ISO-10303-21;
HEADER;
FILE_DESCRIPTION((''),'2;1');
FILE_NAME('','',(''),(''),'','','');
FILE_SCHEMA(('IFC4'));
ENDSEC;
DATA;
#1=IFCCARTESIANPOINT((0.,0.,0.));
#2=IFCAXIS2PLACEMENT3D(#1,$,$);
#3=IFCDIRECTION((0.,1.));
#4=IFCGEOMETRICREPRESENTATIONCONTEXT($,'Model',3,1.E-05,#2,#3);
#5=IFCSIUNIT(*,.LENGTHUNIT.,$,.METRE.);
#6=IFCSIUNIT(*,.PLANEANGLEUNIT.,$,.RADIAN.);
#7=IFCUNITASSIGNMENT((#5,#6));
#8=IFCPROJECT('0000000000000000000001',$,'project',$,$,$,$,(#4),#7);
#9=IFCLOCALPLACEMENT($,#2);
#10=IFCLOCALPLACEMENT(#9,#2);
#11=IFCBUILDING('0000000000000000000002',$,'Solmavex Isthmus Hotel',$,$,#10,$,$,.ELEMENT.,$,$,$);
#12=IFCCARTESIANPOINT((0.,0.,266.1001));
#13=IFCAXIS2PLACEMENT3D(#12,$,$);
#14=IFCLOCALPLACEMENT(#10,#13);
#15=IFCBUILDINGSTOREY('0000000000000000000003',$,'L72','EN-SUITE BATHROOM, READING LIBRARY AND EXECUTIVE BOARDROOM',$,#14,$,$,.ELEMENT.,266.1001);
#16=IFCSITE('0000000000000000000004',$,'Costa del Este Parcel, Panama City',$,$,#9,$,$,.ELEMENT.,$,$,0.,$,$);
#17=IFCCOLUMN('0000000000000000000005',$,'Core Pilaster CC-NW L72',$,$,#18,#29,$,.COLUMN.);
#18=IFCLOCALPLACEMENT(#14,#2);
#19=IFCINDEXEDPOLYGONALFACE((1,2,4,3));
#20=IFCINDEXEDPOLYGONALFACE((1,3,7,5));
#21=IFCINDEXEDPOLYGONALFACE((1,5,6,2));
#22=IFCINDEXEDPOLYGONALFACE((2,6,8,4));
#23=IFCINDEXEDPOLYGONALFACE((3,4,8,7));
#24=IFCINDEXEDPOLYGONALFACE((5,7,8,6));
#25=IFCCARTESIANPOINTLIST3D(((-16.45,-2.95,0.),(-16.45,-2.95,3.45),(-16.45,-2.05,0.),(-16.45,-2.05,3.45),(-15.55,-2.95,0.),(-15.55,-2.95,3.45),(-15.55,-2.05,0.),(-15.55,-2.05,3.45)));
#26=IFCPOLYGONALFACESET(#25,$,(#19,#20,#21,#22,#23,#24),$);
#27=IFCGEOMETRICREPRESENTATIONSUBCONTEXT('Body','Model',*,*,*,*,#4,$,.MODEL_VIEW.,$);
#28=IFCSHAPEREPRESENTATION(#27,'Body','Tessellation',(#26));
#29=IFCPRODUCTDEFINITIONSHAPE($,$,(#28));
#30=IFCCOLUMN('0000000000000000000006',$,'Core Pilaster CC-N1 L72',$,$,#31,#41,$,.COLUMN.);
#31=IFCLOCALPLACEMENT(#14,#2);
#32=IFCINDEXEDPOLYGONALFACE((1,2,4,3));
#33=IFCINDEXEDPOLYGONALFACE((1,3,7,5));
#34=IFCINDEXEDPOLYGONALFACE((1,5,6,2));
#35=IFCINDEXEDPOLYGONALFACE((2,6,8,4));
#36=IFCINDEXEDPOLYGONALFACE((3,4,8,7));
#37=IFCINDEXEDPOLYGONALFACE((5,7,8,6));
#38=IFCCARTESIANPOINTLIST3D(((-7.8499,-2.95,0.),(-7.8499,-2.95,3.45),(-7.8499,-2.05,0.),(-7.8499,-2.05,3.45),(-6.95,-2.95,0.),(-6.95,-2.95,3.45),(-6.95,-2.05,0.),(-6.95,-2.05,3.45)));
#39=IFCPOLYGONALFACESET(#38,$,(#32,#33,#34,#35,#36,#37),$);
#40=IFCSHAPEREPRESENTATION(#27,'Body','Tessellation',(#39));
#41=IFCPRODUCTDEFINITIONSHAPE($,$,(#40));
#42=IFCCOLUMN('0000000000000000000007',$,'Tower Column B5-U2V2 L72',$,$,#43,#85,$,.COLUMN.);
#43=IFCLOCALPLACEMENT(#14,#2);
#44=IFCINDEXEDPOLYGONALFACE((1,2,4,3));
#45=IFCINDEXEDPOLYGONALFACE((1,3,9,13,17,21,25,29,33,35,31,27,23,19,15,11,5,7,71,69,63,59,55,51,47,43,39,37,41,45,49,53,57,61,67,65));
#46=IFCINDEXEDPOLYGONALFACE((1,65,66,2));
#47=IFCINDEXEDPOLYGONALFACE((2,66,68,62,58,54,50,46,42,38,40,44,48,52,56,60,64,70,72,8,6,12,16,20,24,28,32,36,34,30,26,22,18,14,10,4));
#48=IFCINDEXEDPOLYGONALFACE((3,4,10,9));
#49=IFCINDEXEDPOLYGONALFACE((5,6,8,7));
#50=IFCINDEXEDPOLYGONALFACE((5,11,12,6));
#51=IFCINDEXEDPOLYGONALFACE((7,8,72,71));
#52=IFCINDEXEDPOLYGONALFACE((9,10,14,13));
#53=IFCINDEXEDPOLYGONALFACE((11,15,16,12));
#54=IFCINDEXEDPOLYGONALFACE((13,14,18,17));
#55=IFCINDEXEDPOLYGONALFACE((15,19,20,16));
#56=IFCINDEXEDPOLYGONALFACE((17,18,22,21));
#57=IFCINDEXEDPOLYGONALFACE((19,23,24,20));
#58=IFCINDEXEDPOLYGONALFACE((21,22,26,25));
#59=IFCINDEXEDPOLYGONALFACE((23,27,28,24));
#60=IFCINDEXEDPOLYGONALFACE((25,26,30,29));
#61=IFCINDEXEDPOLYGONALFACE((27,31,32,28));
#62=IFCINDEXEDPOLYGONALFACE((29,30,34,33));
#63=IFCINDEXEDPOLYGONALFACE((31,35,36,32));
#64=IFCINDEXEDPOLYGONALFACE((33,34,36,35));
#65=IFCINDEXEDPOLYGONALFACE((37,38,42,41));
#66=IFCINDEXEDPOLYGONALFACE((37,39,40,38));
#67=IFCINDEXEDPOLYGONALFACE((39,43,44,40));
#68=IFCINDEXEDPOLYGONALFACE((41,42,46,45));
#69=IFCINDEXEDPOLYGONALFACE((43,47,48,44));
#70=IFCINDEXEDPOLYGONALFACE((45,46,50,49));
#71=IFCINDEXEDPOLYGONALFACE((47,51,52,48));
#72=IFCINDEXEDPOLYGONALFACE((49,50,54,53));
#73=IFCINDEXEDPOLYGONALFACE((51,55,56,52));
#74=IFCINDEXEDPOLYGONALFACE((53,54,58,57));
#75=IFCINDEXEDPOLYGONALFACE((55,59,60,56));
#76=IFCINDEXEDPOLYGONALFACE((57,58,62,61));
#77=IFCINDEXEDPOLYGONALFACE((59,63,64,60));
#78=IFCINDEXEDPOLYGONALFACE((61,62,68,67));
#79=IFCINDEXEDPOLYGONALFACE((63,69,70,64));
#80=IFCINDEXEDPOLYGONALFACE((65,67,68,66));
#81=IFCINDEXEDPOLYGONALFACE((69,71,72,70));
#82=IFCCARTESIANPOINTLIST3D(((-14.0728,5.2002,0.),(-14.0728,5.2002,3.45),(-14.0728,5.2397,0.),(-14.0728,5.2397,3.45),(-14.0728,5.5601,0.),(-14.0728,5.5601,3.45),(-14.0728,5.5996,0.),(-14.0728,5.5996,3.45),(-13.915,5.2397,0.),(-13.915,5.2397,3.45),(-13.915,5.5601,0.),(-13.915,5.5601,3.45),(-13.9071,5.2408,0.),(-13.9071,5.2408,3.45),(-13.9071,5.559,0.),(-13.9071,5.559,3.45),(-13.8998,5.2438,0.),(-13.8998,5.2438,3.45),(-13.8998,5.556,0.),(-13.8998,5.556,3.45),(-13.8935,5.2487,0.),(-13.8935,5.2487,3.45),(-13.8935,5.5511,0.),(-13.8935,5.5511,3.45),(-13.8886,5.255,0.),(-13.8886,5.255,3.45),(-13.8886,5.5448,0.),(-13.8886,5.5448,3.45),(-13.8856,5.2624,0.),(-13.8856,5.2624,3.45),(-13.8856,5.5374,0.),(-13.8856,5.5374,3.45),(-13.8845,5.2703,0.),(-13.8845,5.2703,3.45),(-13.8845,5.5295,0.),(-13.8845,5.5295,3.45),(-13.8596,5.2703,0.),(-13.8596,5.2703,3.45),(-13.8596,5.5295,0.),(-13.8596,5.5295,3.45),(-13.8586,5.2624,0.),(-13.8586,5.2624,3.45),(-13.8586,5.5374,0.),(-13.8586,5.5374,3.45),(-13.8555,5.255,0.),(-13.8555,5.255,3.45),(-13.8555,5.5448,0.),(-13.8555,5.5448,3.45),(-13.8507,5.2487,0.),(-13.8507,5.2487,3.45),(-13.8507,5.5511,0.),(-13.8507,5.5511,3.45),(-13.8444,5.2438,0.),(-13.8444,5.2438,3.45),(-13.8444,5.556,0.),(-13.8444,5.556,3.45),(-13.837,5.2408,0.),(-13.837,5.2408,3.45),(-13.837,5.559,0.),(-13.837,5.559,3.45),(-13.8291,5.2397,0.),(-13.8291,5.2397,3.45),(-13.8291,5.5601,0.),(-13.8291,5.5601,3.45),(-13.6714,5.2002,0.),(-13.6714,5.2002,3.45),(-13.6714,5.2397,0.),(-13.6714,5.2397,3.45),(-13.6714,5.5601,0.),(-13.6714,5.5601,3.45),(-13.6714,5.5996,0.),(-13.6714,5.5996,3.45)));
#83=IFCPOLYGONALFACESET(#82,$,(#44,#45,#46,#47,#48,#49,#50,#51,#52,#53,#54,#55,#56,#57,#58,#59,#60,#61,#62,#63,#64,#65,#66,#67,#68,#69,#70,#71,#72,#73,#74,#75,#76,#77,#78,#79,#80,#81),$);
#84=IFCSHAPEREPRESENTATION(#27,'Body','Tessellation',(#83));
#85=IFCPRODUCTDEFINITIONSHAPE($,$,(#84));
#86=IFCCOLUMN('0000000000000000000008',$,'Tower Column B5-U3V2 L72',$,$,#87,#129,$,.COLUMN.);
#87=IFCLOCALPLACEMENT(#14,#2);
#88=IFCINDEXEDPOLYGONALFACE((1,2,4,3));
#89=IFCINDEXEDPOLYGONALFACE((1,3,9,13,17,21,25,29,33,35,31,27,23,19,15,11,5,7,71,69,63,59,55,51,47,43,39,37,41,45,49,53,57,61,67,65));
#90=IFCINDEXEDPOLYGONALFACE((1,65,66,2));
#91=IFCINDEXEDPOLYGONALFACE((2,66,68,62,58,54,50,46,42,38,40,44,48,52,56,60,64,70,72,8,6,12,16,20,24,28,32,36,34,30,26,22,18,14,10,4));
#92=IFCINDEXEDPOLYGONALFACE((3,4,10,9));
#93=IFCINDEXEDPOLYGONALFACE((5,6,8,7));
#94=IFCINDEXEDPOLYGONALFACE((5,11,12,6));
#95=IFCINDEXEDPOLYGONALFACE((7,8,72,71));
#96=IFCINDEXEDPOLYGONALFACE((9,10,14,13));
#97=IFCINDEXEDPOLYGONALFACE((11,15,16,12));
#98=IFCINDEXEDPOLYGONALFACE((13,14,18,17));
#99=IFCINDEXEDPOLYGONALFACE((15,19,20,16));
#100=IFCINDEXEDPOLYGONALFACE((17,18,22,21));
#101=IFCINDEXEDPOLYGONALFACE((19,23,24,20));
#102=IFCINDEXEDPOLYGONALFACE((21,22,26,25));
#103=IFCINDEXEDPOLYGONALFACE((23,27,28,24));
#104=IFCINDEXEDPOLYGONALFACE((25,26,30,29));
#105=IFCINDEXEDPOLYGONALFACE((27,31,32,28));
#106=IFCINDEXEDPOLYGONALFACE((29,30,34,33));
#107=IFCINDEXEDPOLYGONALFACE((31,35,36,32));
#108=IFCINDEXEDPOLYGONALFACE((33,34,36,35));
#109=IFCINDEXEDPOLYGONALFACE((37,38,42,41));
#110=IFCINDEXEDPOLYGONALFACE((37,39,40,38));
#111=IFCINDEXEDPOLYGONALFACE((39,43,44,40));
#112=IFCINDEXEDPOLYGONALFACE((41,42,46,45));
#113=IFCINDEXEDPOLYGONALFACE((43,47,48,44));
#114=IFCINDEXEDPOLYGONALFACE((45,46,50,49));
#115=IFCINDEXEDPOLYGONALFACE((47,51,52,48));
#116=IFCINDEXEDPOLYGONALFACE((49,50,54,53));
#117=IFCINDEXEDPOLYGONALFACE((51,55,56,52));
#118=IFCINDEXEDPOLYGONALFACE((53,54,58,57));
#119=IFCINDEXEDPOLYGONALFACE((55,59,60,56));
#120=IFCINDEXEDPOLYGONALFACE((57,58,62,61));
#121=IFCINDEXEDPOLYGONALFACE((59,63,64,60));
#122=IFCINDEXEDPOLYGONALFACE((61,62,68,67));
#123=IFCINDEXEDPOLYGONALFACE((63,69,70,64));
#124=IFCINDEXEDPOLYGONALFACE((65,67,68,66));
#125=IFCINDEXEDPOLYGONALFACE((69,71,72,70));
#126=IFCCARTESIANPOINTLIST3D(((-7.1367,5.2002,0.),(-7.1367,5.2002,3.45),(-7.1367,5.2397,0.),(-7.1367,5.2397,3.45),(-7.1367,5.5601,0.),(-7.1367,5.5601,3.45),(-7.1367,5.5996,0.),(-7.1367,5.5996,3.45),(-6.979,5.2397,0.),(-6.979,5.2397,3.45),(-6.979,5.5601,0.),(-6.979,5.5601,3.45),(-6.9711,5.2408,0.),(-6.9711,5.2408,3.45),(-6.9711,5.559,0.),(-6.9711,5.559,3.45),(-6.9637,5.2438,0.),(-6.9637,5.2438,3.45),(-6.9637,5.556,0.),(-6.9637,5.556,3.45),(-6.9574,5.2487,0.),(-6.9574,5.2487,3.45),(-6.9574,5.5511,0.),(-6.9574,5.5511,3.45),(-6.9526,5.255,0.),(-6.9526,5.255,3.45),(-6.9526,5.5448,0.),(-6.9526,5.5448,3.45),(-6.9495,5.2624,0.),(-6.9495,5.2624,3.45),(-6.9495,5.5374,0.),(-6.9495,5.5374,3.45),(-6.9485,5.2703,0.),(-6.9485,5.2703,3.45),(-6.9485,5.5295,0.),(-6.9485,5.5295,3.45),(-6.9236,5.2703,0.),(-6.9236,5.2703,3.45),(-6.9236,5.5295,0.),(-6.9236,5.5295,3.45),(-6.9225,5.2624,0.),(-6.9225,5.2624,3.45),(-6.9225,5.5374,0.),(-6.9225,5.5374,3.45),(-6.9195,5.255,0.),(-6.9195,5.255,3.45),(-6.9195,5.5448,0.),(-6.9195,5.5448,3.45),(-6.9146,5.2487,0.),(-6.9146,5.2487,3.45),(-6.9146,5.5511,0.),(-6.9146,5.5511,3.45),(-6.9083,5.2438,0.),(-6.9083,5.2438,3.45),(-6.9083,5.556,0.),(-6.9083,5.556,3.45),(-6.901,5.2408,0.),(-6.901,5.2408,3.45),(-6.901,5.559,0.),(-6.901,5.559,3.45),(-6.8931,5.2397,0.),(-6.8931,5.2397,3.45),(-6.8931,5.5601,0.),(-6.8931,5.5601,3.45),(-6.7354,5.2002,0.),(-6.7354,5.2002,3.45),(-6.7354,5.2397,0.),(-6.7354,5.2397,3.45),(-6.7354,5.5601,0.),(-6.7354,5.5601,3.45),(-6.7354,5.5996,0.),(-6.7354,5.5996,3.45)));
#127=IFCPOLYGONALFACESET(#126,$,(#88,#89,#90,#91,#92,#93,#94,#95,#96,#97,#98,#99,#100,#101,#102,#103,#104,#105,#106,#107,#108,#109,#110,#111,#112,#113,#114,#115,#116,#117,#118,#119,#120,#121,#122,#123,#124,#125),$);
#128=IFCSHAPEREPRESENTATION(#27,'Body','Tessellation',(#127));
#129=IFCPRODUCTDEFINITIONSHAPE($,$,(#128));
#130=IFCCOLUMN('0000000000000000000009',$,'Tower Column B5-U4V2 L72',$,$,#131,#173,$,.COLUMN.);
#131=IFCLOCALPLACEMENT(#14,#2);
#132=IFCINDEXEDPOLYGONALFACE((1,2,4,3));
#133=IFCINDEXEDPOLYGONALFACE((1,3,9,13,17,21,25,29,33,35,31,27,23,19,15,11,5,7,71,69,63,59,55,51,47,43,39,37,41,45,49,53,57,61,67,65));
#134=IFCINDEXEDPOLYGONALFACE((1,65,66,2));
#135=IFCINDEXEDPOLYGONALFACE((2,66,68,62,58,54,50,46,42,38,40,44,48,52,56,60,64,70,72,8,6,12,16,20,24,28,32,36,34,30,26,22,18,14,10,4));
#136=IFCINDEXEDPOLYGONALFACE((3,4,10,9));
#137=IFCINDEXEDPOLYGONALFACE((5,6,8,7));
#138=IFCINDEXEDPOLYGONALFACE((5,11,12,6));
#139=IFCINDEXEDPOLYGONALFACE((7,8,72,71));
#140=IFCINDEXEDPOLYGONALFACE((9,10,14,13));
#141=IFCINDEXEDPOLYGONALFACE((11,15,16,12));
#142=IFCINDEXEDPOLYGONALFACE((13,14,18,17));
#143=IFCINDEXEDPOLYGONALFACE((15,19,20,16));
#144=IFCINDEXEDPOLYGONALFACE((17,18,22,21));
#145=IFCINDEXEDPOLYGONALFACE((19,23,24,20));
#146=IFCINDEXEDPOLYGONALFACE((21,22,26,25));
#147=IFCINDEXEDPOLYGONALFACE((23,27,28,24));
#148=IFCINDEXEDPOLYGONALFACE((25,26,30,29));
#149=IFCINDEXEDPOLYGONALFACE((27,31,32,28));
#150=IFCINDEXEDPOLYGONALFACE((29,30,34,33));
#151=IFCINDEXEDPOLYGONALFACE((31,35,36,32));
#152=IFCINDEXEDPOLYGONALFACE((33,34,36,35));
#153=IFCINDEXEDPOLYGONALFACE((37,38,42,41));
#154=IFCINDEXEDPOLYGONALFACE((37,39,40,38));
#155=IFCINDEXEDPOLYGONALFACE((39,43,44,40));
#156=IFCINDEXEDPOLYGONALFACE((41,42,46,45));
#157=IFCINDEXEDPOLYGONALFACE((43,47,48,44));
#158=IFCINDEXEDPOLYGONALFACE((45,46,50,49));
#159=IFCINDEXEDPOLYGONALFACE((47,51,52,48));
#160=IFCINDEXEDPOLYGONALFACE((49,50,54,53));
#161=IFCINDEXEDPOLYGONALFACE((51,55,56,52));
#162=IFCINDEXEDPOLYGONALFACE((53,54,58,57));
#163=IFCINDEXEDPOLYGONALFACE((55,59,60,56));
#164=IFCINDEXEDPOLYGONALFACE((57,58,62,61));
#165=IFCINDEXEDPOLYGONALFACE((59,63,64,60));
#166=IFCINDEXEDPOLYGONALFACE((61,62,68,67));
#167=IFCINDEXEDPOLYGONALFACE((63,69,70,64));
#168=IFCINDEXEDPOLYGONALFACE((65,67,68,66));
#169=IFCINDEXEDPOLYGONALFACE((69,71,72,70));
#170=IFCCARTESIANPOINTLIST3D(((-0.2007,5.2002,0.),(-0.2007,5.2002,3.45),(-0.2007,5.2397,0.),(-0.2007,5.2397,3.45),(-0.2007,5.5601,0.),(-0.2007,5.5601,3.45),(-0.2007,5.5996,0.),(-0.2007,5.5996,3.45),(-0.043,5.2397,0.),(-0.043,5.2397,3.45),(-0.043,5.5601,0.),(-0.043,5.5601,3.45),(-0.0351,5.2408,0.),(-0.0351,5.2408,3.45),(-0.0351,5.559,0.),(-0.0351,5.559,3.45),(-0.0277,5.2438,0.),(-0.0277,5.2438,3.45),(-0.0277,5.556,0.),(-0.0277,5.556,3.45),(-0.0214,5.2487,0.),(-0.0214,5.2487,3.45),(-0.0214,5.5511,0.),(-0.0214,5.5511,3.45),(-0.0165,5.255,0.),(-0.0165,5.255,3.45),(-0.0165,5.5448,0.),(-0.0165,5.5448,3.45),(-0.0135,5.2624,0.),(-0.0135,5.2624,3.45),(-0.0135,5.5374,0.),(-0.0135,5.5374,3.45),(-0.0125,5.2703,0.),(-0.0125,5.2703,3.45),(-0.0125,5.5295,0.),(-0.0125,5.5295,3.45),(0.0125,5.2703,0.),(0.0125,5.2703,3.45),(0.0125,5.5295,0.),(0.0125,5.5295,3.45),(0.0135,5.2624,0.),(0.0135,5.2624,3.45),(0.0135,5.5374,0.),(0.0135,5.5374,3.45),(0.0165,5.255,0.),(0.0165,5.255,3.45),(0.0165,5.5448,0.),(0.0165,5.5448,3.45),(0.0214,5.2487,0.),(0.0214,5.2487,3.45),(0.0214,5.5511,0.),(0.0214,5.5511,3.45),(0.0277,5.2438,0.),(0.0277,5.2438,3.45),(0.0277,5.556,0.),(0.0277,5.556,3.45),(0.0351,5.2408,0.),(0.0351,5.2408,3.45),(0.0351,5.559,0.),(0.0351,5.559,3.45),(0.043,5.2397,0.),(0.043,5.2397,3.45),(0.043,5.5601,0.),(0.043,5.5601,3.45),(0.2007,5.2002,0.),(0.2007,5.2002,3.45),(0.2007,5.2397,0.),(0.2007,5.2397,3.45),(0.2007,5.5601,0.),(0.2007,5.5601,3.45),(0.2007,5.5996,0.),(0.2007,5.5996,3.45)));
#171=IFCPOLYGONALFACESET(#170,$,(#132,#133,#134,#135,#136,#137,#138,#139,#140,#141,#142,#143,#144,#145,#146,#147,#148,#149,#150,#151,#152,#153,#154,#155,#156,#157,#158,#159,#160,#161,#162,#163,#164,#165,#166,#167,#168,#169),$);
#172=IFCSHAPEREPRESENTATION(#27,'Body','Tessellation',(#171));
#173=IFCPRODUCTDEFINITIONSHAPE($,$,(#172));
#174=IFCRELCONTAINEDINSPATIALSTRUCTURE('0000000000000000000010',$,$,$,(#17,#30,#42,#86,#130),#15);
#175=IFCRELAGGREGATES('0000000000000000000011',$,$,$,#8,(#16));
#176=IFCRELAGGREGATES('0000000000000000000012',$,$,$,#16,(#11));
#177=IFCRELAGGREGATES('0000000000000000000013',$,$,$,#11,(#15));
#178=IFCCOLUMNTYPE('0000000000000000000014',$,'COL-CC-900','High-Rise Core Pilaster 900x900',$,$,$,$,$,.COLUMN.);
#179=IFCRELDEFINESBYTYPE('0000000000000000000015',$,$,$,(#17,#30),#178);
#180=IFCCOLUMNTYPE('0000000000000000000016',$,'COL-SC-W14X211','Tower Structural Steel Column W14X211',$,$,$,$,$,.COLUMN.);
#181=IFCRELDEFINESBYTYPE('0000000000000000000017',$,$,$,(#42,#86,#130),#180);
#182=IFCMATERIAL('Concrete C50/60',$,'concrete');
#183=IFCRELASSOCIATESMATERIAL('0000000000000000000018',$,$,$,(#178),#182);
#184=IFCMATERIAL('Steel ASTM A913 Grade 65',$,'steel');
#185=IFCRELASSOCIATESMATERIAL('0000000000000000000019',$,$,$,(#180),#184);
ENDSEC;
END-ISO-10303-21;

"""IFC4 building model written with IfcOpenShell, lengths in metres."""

from ifc_helpers import new_model, si_unit, direction, frame, origin, origin_2d, place, context, subcontext, project, spatial, rectangle, i_section, extrude, material, material_profile, profile_set, type_object, element, save


model = new_model("IFC4")

# Units and contexts
model_context = context("Model", 3, precision=1e-05, world=origin(), true_north=direction((0.0, 1.0)))
body_context = subcontext(model_context, "Body", "Model", "MODEL_VIEW")
ifc_project = project(units=[si_unit("LENGTHUNIT", "METRE"), si_unit("PLANEANGLEUNIT", "RADIAN")], contexts=[model_context])

# Site, building, storey
site_placement = place(None, origin())
site = spatial("IfcSite", under=ifc_project, at=site_placement, Name="Costa del Este Parcel, Panama City", CompositionType="ELEMENT", RefElevation=0.0)
building_placement = place(site_placement, origin())
building = spatial("IfcBuilding", under=site, at=building_placement, Name="Solmavex Isthmus Hotel", CompositionType="ELEMENT")
storey_placement = place(building_placement, frame((0.0, 0.0, 266.1001)))
storey = spatial("IfcBuildingStorey", under=building, at=storey_placement, Name="L72", Description="EN-SUITE BATHROOM, READING LIBRARY AND EXECUTIVE BOARDROOM", CompositionType="ELEMENT", Elevation=266.1001)

# Columns
ifc_material_1 = material(Name="Concrete C50/60", Category="concrete")
ifc_material_profile_1 = material_profile(ifc_material_1, rectangle(XDim=0.8999, YDim=0.8999, at=origin_2d()), Name="RC900X900")
ifc_profile_set_1 = profile_set([ifc_material_profile_1], Name="Concrete C50/60")
column_type_1 = type_object("IfcColumnType", Name="COL-CC-900", Description="High-Rise Core Pilaster 900x900", PredefinedType="COLUMN", material=ifc_profile_set_1)
for number, where, z_axis, x_axis, name in (
    (1, (-16.0, -2.5, 0.0), (0.0, 0.0, 1.0), (1.0, 0.0, 0.0), "Core Pilaster CC-NW L72"),
    (2, (-7.3999, -2.5, 0.0), (0.0, 0.0, 1.0), (1.0, 0.0, 0.0), "Core Pilaster CC-N1 L72"),
):
    element("IfcColumn", number, at=place(storey_placement, frame(where, z_axis=z_axis, x_axis=x_axis)), inside=storey, type_object=column_type_1, Name=name, PredefinedType="COLUMN", context=body_context, shape_type="SweptSolid", body=[
        extrude(rectangle(XDim=0.8999, YDim=0.8999, at=origin_2d()), origin(), (0.0, 0.0, 1.0), 3.45),
    ])
ifc_material_2 = material(Name="Steel ASTM A913 Grade 65", Category="steel")
ifc_material_profile_2 = material_profile(ifc_material_2, i_section(OverallWidth=0.4014, OverallDepth=0.3994, WebThickness=0.0249, FlangeThickness=0.0396, FilletRadius=0.0305, at=origin_2d()), Name="W14X211")
ifc_profile_set_2 = profile_set([ifc_material_profile_2], Name="Steel ASTM A913 Grade 65")
column_type_2 = type_object("IfcColumnType", Name="COL-SC-W14X211", Description="Tower Structural Steel Column W14X211", PredefinedType="COLUMN", material=ifc_profile_set_2)
for number, where, z_axis, x_axis, name in (
    (3, (-13.8721, 5.3999, 0.0), (0.0, 0.0, 1.0), (1.0, 0.0, 0.0), "Tower Column B5-U2V2 L72"),
    (4, (-6.936, 5.3999, 0.0), (0.0, 0.0, 1.0), (1.0, 0.0, 0.0), "Tower Column B5-U3V2 L72"),
    (5, (0.0, 5.3999, 0.0), (0.0, 0.0, 1.0), (1.0, 0.0, 0.0), "Tower Column B5-U4V2 L72"),
):
    element("IfcColumn", number, at=place(storey_placement, frame(where, z_axis=z_axis, x_axis=x_axis)), inside=storey, type_object=column_type_2, Name=name, PredefinedType="COLUMN", context=body_context, shape_type="SweptSolid", body=[
        extrude(i_section(OverallWidth=0.4014, OverallDepth=0.3994, WebThickness=0.0249, FlangeThickness=0.0396, FilletRadius=0.0305, at=origin_2d()), origin(), (0.0, 0.0, 1.0), 3.45),
    ])

save(model, "model.ifc")
